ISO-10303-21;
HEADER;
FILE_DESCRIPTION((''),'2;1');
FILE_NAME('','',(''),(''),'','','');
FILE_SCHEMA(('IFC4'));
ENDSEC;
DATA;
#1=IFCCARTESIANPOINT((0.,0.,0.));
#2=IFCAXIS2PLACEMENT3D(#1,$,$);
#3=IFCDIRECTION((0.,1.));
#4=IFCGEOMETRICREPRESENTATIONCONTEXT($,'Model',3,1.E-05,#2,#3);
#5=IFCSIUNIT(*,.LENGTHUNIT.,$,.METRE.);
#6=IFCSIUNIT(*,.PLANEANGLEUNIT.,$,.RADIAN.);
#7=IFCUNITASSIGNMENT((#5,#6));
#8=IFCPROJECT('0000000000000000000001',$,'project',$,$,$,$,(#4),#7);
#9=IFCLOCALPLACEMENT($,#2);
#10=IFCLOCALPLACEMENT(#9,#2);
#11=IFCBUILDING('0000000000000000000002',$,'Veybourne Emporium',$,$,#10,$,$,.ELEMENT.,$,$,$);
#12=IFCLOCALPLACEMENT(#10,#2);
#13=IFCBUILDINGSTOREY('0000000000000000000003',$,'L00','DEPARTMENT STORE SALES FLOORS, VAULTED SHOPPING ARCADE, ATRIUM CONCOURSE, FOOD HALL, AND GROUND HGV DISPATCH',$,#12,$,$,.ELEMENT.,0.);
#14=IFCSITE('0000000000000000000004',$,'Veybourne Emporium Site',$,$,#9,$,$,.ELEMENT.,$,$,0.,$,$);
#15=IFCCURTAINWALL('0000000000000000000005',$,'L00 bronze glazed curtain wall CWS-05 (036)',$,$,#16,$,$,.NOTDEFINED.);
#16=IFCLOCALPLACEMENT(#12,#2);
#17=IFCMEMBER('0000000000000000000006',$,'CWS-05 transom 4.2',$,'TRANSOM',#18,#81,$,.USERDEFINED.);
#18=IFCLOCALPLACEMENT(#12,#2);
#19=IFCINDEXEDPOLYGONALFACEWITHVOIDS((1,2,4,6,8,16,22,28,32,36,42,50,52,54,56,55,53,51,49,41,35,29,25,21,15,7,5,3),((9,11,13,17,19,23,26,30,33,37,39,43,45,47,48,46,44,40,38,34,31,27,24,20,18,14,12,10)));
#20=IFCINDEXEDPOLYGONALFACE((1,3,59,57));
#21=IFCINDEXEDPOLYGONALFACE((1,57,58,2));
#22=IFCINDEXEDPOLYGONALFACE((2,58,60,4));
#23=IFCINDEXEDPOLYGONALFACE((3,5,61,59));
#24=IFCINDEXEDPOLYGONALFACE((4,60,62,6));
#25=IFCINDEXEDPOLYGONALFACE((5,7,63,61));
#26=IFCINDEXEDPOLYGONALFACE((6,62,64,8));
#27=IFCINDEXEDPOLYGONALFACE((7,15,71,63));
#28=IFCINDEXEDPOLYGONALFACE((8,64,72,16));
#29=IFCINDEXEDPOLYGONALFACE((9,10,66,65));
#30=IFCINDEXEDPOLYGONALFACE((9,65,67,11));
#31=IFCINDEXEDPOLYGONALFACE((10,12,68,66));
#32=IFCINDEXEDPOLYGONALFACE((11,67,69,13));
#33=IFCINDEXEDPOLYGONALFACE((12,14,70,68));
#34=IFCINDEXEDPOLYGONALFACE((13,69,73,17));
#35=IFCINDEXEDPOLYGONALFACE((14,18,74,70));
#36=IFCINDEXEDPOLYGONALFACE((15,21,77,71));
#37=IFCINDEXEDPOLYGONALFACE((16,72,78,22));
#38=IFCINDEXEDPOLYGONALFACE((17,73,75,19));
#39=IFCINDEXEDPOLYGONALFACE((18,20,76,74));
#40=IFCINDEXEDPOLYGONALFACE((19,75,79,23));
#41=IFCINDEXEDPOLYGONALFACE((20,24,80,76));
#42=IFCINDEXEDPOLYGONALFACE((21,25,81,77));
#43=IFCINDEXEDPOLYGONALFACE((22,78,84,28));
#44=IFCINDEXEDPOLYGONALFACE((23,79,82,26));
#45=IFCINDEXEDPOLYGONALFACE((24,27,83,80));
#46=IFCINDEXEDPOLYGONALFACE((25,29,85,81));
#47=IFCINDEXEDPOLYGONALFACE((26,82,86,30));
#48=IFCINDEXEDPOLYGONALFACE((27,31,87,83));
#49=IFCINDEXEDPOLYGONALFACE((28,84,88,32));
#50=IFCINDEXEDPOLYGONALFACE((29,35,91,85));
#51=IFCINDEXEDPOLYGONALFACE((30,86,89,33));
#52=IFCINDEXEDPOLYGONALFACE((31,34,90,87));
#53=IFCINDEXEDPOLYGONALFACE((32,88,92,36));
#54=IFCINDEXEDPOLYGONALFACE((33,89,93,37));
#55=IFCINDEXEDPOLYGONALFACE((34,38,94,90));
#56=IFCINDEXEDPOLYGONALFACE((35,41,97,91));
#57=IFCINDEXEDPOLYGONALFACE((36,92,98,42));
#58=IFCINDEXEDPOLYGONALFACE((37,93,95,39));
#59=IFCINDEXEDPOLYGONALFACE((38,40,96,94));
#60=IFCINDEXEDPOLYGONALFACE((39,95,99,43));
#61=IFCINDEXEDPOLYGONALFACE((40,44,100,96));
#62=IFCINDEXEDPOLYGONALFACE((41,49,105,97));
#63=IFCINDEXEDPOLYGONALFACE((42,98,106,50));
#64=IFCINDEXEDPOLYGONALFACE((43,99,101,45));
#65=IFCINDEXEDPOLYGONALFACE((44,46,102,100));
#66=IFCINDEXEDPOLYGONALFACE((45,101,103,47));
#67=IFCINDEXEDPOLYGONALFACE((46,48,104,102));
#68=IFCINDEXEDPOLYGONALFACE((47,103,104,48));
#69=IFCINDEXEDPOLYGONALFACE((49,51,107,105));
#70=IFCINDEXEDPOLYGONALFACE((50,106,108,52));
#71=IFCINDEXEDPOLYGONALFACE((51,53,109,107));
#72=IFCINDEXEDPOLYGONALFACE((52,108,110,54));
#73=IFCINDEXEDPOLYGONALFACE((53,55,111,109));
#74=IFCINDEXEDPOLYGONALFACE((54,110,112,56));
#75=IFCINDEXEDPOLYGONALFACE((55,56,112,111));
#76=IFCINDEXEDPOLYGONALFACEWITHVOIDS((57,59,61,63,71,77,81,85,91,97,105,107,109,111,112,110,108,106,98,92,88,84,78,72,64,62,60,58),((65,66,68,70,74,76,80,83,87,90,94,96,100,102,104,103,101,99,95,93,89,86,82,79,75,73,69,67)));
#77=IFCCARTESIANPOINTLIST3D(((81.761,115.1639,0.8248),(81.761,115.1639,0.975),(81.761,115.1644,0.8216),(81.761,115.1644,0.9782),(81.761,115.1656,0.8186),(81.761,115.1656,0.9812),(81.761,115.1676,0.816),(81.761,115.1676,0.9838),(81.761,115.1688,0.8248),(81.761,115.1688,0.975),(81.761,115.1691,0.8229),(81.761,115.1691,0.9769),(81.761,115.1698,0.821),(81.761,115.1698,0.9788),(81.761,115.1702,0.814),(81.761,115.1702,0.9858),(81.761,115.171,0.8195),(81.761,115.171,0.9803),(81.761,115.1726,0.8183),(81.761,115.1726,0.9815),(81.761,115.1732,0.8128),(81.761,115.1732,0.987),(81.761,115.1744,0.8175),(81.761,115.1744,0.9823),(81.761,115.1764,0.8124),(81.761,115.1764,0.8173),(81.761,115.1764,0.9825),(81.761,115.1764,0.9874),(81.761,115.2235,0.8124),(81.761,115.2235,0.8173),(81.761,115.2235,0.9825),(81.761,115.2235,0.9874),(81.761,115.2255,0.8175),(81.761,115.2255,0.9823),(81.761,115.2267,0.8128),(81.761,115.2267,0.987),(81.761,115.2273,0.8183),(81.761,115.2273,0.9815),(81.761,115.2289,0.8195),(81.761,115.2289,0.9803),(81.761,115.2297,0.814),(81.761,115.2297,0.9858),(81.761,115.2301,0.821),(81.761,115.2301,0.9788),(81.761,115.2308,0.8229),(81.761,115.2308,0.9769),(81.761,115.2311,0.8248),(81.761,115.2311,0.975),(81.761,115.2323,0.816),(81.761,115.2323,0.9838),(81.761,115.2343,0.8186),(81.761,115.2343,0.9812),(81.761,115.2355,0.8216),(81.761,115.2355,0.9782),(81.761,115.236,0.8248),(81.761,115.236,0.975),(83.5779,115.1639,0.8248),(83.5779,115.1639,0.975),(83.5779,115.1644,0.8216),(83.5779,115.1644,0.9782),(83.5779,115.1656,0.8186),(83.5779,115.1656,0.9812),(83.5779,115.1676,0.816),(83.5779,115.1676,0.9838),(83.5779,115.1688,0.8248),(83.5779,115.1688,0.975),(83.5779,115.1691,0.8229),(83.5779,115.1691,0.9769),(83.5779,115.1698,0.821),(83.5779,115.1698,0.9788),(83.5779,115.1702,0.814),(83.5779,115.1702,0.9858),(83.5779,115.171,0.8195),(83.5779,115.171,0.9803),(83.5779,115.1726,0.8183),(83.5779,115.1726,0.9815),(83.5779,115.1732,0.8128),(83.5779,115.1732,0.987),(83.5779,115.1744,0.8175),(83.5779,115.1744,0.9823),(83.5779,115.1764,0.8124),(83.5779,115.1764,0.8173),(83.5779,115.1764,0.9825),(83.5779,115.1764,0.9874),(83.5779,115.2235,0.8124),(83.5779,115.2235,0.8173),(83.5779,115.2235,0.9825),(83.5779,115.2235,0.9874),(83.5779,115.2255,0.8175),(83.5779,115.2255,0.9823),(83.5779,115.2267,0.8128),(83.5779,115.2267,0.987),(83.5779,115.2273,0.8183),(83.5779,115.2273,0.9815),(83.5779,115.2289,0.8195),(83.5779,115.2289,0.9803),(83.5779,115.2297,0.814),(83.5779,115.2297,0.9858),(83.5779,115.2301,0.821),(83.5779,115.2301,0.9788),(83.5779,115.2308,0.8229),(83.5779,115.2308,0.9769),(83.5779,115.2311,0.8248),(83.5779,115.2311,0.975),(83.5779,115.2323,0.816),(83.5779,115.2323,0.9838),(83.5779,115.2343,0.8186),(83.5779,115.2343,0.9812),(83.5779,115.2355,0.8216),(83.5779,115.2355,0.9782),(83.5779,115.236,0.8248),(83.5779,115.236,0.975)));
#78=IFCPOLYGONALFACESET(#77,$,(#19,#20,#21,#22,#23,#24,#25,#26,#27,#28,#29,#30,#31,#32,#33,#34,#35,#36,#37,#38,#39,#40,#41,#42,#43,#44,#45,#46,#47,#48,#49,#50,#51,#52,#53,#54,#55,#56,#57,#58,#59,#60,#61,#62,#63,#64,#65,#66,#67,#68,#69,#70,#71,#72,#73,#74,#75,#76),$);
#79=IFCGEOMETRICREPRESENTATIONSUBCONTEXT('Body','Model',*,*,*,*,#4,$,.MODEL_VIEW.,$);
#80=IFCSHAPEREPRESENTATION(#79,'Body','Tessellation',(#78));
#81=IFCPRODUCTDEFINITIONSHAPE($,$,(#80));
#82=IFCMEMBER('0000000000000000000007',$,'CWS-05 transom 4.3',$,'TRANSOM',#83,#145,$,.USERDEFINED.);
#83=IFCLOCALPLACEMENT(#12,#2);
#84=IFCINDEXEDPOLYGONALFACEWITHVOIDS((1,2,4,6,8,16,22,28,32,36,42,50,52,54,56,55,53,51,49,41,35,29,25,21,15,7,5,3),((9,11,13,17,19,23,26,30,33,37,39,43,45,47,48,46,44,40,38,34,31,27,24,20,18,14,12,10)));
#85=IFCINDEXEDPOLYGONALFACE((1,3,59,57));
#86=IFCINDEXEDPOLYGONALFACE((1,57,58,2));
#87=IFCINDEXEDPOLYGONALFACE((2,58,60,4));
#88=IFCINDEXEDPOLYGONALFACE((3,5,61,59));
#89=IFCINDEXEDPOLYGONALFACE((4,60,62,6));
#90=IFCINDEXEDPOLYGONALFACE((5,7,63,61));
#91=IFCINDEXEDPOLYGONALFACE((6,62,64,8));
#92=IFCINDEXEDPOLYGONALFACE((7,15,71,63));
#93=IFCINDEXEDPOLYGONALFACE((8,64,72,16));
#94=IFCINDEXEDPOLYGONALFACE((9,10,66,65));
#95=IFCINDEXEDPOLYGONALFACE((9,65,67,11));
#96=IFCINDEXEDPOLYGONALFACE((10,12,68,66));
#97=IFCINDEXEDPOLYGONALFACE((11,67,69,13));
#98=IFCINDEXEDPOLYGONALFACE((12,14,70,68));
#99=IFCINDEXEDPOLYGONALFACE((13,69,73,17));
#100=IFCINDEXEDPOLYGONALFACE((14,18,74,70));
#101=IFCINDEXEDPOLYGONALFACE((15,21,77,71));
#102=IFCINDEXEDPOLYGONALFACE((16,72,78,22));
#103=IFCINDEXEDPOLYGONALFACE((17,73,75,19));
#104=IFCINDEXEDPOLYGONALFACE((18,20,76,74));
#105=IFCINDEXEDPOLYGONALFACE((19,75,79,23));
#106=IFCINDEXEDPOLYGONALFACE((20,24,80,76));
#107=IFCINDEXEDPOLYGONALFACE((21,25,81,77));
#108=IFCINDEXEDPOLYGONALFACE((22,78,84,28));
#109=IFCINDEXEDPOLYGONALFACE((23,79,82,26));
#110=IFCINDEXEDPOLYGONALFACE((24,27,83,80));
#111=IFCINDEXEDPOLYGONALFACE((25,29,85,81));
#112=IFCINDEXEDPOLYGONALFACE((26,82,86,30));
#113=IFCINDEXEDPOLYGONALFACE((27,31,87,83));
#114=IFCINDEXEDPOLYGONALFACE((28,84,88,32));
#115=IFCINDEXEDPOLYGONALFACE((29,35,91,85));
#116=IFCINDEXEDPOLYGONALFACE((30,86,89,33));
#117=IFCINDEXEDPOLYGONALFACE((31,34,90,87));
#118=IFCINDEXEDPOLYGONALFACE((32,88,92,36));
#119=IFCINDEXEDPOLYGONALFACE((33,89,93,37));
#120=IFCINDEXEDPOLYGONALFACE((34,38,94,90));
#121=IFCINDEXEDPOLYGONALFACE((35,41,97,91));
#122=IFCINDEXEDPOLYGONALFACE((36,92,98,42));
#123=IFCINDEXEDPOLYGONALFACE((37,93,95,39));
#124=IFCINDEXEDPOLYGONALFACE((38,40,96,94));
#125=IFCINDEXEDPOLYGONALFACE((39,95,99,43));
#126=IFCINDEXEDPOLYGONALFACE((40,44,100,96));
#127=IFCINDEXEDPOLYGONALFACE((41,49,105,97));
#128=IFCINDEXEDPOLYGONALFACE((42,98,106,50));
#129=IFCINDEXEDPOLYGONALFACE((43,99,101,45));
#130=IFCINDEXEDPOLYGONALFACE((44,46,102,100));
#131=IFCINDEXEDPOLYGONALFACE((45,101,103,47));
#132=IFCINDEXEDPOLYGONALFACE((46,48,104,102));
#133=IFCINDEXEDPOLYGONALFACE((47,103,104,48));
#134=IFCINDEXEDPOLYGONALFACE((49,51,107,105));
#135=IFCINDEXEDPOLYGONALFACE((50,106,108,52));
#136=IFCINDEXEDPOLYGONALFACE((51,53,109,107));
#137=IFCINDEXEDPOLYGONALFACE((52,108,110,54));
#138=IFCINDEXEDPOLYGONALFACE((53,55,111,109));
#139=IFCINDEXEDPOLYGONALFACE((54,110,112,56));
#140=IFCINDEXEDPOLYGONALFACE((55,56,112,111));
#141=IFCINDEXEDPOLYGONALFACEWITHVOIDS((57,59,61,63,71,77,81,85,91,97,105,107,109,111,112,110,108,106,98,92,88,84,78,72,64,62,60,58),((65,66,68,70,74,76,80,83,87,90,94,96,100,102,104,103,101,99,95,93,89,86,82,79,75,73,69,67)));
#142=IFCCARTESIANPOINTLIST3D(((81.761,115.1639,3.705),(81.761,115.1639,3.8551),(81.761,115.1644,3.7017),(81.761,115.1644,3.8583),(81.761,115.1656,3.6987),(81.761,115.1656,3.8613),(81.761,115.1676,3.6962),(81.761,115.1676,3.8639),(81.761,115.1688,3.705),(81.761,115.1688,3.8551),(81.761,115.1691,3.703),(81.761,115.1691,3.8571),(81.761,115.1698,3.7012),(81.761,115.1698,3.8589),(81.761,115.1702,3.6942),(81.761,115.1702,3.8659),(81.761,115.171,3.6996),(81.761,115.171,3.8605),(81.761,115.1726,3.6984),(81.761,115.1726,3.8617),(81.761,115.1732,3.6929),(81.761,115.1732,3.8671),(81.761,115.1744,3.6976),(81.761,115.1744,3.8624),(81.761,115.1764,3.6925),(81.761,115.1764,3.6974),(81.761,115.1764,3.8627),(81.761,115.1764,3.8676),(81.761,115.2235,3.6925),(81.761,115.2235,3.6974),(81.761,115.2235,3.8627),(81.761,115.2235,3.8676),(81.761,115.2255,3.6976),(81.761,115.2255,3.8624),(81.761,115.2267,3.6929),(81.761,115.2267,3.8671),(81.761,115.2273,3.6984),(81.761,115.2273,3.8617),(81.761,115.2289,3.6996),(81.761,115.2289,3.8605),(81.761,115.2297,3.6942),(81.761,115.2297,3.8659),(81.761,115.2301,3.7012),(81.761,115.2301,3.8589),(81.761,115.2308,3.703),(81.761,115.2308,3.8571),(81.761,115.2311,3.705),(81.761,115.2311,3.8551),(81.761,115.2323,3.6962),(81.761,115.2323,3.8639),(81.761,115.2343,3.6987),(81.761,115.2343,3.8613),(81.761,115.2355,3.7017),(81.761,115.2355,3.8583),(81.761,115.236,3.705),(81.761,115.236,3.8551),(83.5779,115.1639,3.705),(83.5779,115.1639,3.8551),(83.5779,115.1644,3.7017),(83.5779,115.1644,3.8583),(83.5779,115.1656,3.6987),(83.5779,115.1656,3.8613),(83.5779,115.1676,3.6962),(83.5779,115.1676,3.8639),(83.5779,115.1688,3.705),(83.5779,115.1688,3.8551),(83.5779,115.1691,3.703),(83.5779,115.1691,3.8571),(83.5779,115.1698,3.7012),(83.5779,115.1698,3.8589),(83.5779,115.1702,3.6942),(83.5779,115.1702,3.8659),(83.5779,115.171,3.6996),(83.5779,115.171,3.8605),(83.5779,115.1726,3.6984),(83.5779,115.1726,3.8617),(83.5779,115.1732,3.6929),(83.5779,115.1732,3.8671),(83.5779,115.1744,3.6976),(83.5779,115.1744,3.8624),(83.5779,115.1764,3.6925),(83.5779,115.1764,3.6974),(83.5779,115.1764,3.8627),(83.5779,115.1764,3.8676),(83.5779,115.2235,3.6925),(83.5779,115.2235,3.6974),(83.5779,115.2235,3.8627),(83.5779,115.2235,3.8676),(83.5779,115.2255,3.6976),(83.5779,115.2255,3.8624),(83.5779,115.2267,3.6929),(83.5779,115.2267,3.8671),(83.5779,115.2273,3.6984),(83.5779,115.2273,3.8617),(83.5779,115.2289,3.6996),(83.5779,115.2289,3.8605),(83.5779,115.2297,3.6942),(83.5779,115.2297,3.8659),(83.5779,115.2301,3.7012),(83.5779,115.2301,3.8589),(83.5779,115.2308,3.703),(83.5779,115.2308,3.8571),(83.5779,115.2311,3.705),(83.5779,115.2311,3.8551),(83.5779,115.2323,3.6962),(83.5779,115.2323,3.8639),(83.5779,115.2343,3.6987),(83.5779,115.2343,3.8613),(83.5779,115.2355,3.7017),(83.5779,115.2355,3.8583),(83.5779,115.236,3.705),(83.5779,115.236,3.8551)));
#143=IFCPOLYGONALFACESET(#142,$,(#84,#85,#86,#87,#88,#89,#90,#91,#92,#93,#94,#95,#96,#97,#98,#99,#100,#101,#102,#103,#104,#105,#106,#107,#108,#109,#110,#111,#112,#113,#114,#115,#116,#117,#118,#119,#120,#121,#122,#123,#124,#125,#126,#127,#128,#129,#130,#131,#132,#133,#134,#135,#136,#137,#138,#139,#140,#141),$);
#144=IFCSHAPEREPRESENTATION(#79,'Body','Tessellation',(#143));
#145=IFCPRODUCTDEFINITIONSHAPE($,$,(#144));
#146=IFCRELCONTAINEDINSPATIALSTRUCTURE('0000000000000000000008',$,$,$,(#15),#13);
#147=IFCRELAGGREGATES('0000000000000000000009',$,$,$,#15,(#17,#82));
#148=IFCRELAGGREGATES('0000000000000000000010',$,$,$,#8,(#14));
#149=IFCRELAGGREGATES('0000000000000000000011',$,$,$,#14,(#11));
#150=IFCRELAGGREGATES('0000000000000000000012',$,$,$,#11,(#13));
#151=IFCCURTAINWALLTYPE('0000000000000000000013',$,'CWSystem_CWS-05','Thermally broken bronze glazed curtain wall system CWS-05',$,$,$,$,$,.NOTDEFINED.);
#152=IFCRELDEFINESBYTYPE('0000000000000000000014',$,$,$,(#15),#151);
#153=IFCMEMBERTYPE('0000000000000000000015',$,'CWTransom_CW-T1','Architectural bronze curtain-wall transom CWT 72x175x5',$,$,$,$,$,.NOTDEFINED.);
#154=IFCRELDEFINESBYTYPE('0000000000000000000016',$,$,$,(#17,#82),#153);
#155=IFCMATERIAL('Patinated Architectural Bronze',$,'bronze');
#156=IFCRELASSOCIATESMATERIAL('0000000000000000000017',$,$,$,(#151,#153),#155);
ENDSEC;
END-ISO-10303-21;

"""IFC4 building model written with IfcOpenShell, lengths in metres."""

from ifc_helpers import new_model, si_unit, direction, frame, origin, origin_2d, place, context, subcontext, project, spatial, hollow_rectangle, extrude, material, material_profile, profile_set, type_object, element, aggregate, save


model = new_model("IFC4")

# Units and contexts
model_context = context("Model", 3, precision=1e-05, world=origin(), true_north=direction((0.0, 1.0)))
body_context = subcontext(model_context, "Body", "Model", "MODEL_VIEW")
ifc_project = project(units=[si_unit("LENGTHUNIT", "METRE"), si_unit("PLANEANGLEUNIT", "RADIAN")], contexts=[model_context])

# Site, building, storey
site_placement = place(None, origin())
site = spatial("IfcSite", under=ifc_project, at=site_placement, Name="Veybourne Emporium Site", CompositionType="ELEMENT", RefElevation=0.0)
building_placement = place(site_placement, origin())
building = spatial("IfcBuilding", under=site, at=building_placement, Name="Veybourne Emporium", CompositionType="ELEMENT")
storey_placement = place(building_placement, origin())
storey = spatial("IfcBuildingStorey", under=building, at=storey_placement, Name="L00", Description="DEPARTMENT STORE SALES FLOORS, VAULTED SHOPPING ARCADE, ATRIUM CONCOURSE, FOOD HALL, AND GROUND HGV DISPATCH", CompositionType="ELEMENT", Elevation=0.0)

# Curtain wall, members
ifc_material_1 = material(Name="Patinated Architectural Bronze", Category="bronze")
curtain_wall_type = type_object("IfcCurtainWallType", Name="CWSystem_CWS-05", Description="Thermally broken bronze glazed curtain wall system CWS-05", PredefinedType="NOTDEFINED", material=ifc_material_1)
curtain_wall_placement = place(storey_placement, origin())
curtain_wall = element("IfcCurtainWall", 1, at=curtain_wall_placement, inside=storey, type_object=curtain_wall_type, Name="L00 bronze glazed curtain wall CWS-05 (036)", PredefinedType="NOTDEFINED")
ifc_material_profile_1 = material_profile(ifc_material_1, hollow_rectangle(XDim=0.072, YDim=0.175, WallThickness=0.0049, InnerFilletRadius=0.0076, OuterFilletRadius=0.0125, at=origin_2d()), Name="CWT 72x175x5")
ifc_profile_set_1 = profile_set([ifc_material_profile_1], Name="Patinated Architectural Bronze")
member_type_1 = type_object("IfcMemberType", Name="CWTransom_CW-T1", Description="Architectural bronze curtain-wall transom CWT 72x175x5", PredefinedType="NOTDEFINED", material=ifc_profile_set_1)
member_1_placement = place(storey_placement, frame((81.761, 115.2, 0.8999), z_axis=(1.0, 0.0, 0.0), x_axis=(0.0, 1.0, 0.0)))
member_1 = element("IfcMember", 2, at=member_1_placement, type_object=member_type_1, Name="CWS-05 transom 4.2", ObjectType="TRANSOM", PredefinedType="USERDEFINED", context=body_context, shape_type="SweptSolid", body=[
    extrude(hollow_rectangle(XDim=0.072, YDim=0.175, WallThickness=0.0049, InnerFilletRadius=0.0076, OuterFilletRadius=0.0125, at=origin_2d()), origin(), (0.0, 0.0, 1.0), 1.8169),
])
member_2_placement = place(storey_placement, frame((81.761, 115.2, 3.78), z_axis=(1.0, 0.0, 0.0), x_axis=(0.0, 1.0, 0.0)))
member_2 = element("IfcMember", 3, at=member_2_placement, type_object=member_type_1, Name="CWS-05 transom 4.3", ObjectType="TRANSOM", PredefinedType="USERDEFINED", context=body_context, shape_type="SweptSolid", body=[
    extrude(hollow_rectangle(XDim=0.072, YDim=0.175, WallThickness=0.0049, InnerFilletRadius=0.0076, OuterFilletRadius=0.0125, at=origin_2d()), origin(), (0.0, 0.0, 1.0), 1.8169),
])

aggregate(curtain_wall, [member_1, member_2])

save(model, "model.ifc")
